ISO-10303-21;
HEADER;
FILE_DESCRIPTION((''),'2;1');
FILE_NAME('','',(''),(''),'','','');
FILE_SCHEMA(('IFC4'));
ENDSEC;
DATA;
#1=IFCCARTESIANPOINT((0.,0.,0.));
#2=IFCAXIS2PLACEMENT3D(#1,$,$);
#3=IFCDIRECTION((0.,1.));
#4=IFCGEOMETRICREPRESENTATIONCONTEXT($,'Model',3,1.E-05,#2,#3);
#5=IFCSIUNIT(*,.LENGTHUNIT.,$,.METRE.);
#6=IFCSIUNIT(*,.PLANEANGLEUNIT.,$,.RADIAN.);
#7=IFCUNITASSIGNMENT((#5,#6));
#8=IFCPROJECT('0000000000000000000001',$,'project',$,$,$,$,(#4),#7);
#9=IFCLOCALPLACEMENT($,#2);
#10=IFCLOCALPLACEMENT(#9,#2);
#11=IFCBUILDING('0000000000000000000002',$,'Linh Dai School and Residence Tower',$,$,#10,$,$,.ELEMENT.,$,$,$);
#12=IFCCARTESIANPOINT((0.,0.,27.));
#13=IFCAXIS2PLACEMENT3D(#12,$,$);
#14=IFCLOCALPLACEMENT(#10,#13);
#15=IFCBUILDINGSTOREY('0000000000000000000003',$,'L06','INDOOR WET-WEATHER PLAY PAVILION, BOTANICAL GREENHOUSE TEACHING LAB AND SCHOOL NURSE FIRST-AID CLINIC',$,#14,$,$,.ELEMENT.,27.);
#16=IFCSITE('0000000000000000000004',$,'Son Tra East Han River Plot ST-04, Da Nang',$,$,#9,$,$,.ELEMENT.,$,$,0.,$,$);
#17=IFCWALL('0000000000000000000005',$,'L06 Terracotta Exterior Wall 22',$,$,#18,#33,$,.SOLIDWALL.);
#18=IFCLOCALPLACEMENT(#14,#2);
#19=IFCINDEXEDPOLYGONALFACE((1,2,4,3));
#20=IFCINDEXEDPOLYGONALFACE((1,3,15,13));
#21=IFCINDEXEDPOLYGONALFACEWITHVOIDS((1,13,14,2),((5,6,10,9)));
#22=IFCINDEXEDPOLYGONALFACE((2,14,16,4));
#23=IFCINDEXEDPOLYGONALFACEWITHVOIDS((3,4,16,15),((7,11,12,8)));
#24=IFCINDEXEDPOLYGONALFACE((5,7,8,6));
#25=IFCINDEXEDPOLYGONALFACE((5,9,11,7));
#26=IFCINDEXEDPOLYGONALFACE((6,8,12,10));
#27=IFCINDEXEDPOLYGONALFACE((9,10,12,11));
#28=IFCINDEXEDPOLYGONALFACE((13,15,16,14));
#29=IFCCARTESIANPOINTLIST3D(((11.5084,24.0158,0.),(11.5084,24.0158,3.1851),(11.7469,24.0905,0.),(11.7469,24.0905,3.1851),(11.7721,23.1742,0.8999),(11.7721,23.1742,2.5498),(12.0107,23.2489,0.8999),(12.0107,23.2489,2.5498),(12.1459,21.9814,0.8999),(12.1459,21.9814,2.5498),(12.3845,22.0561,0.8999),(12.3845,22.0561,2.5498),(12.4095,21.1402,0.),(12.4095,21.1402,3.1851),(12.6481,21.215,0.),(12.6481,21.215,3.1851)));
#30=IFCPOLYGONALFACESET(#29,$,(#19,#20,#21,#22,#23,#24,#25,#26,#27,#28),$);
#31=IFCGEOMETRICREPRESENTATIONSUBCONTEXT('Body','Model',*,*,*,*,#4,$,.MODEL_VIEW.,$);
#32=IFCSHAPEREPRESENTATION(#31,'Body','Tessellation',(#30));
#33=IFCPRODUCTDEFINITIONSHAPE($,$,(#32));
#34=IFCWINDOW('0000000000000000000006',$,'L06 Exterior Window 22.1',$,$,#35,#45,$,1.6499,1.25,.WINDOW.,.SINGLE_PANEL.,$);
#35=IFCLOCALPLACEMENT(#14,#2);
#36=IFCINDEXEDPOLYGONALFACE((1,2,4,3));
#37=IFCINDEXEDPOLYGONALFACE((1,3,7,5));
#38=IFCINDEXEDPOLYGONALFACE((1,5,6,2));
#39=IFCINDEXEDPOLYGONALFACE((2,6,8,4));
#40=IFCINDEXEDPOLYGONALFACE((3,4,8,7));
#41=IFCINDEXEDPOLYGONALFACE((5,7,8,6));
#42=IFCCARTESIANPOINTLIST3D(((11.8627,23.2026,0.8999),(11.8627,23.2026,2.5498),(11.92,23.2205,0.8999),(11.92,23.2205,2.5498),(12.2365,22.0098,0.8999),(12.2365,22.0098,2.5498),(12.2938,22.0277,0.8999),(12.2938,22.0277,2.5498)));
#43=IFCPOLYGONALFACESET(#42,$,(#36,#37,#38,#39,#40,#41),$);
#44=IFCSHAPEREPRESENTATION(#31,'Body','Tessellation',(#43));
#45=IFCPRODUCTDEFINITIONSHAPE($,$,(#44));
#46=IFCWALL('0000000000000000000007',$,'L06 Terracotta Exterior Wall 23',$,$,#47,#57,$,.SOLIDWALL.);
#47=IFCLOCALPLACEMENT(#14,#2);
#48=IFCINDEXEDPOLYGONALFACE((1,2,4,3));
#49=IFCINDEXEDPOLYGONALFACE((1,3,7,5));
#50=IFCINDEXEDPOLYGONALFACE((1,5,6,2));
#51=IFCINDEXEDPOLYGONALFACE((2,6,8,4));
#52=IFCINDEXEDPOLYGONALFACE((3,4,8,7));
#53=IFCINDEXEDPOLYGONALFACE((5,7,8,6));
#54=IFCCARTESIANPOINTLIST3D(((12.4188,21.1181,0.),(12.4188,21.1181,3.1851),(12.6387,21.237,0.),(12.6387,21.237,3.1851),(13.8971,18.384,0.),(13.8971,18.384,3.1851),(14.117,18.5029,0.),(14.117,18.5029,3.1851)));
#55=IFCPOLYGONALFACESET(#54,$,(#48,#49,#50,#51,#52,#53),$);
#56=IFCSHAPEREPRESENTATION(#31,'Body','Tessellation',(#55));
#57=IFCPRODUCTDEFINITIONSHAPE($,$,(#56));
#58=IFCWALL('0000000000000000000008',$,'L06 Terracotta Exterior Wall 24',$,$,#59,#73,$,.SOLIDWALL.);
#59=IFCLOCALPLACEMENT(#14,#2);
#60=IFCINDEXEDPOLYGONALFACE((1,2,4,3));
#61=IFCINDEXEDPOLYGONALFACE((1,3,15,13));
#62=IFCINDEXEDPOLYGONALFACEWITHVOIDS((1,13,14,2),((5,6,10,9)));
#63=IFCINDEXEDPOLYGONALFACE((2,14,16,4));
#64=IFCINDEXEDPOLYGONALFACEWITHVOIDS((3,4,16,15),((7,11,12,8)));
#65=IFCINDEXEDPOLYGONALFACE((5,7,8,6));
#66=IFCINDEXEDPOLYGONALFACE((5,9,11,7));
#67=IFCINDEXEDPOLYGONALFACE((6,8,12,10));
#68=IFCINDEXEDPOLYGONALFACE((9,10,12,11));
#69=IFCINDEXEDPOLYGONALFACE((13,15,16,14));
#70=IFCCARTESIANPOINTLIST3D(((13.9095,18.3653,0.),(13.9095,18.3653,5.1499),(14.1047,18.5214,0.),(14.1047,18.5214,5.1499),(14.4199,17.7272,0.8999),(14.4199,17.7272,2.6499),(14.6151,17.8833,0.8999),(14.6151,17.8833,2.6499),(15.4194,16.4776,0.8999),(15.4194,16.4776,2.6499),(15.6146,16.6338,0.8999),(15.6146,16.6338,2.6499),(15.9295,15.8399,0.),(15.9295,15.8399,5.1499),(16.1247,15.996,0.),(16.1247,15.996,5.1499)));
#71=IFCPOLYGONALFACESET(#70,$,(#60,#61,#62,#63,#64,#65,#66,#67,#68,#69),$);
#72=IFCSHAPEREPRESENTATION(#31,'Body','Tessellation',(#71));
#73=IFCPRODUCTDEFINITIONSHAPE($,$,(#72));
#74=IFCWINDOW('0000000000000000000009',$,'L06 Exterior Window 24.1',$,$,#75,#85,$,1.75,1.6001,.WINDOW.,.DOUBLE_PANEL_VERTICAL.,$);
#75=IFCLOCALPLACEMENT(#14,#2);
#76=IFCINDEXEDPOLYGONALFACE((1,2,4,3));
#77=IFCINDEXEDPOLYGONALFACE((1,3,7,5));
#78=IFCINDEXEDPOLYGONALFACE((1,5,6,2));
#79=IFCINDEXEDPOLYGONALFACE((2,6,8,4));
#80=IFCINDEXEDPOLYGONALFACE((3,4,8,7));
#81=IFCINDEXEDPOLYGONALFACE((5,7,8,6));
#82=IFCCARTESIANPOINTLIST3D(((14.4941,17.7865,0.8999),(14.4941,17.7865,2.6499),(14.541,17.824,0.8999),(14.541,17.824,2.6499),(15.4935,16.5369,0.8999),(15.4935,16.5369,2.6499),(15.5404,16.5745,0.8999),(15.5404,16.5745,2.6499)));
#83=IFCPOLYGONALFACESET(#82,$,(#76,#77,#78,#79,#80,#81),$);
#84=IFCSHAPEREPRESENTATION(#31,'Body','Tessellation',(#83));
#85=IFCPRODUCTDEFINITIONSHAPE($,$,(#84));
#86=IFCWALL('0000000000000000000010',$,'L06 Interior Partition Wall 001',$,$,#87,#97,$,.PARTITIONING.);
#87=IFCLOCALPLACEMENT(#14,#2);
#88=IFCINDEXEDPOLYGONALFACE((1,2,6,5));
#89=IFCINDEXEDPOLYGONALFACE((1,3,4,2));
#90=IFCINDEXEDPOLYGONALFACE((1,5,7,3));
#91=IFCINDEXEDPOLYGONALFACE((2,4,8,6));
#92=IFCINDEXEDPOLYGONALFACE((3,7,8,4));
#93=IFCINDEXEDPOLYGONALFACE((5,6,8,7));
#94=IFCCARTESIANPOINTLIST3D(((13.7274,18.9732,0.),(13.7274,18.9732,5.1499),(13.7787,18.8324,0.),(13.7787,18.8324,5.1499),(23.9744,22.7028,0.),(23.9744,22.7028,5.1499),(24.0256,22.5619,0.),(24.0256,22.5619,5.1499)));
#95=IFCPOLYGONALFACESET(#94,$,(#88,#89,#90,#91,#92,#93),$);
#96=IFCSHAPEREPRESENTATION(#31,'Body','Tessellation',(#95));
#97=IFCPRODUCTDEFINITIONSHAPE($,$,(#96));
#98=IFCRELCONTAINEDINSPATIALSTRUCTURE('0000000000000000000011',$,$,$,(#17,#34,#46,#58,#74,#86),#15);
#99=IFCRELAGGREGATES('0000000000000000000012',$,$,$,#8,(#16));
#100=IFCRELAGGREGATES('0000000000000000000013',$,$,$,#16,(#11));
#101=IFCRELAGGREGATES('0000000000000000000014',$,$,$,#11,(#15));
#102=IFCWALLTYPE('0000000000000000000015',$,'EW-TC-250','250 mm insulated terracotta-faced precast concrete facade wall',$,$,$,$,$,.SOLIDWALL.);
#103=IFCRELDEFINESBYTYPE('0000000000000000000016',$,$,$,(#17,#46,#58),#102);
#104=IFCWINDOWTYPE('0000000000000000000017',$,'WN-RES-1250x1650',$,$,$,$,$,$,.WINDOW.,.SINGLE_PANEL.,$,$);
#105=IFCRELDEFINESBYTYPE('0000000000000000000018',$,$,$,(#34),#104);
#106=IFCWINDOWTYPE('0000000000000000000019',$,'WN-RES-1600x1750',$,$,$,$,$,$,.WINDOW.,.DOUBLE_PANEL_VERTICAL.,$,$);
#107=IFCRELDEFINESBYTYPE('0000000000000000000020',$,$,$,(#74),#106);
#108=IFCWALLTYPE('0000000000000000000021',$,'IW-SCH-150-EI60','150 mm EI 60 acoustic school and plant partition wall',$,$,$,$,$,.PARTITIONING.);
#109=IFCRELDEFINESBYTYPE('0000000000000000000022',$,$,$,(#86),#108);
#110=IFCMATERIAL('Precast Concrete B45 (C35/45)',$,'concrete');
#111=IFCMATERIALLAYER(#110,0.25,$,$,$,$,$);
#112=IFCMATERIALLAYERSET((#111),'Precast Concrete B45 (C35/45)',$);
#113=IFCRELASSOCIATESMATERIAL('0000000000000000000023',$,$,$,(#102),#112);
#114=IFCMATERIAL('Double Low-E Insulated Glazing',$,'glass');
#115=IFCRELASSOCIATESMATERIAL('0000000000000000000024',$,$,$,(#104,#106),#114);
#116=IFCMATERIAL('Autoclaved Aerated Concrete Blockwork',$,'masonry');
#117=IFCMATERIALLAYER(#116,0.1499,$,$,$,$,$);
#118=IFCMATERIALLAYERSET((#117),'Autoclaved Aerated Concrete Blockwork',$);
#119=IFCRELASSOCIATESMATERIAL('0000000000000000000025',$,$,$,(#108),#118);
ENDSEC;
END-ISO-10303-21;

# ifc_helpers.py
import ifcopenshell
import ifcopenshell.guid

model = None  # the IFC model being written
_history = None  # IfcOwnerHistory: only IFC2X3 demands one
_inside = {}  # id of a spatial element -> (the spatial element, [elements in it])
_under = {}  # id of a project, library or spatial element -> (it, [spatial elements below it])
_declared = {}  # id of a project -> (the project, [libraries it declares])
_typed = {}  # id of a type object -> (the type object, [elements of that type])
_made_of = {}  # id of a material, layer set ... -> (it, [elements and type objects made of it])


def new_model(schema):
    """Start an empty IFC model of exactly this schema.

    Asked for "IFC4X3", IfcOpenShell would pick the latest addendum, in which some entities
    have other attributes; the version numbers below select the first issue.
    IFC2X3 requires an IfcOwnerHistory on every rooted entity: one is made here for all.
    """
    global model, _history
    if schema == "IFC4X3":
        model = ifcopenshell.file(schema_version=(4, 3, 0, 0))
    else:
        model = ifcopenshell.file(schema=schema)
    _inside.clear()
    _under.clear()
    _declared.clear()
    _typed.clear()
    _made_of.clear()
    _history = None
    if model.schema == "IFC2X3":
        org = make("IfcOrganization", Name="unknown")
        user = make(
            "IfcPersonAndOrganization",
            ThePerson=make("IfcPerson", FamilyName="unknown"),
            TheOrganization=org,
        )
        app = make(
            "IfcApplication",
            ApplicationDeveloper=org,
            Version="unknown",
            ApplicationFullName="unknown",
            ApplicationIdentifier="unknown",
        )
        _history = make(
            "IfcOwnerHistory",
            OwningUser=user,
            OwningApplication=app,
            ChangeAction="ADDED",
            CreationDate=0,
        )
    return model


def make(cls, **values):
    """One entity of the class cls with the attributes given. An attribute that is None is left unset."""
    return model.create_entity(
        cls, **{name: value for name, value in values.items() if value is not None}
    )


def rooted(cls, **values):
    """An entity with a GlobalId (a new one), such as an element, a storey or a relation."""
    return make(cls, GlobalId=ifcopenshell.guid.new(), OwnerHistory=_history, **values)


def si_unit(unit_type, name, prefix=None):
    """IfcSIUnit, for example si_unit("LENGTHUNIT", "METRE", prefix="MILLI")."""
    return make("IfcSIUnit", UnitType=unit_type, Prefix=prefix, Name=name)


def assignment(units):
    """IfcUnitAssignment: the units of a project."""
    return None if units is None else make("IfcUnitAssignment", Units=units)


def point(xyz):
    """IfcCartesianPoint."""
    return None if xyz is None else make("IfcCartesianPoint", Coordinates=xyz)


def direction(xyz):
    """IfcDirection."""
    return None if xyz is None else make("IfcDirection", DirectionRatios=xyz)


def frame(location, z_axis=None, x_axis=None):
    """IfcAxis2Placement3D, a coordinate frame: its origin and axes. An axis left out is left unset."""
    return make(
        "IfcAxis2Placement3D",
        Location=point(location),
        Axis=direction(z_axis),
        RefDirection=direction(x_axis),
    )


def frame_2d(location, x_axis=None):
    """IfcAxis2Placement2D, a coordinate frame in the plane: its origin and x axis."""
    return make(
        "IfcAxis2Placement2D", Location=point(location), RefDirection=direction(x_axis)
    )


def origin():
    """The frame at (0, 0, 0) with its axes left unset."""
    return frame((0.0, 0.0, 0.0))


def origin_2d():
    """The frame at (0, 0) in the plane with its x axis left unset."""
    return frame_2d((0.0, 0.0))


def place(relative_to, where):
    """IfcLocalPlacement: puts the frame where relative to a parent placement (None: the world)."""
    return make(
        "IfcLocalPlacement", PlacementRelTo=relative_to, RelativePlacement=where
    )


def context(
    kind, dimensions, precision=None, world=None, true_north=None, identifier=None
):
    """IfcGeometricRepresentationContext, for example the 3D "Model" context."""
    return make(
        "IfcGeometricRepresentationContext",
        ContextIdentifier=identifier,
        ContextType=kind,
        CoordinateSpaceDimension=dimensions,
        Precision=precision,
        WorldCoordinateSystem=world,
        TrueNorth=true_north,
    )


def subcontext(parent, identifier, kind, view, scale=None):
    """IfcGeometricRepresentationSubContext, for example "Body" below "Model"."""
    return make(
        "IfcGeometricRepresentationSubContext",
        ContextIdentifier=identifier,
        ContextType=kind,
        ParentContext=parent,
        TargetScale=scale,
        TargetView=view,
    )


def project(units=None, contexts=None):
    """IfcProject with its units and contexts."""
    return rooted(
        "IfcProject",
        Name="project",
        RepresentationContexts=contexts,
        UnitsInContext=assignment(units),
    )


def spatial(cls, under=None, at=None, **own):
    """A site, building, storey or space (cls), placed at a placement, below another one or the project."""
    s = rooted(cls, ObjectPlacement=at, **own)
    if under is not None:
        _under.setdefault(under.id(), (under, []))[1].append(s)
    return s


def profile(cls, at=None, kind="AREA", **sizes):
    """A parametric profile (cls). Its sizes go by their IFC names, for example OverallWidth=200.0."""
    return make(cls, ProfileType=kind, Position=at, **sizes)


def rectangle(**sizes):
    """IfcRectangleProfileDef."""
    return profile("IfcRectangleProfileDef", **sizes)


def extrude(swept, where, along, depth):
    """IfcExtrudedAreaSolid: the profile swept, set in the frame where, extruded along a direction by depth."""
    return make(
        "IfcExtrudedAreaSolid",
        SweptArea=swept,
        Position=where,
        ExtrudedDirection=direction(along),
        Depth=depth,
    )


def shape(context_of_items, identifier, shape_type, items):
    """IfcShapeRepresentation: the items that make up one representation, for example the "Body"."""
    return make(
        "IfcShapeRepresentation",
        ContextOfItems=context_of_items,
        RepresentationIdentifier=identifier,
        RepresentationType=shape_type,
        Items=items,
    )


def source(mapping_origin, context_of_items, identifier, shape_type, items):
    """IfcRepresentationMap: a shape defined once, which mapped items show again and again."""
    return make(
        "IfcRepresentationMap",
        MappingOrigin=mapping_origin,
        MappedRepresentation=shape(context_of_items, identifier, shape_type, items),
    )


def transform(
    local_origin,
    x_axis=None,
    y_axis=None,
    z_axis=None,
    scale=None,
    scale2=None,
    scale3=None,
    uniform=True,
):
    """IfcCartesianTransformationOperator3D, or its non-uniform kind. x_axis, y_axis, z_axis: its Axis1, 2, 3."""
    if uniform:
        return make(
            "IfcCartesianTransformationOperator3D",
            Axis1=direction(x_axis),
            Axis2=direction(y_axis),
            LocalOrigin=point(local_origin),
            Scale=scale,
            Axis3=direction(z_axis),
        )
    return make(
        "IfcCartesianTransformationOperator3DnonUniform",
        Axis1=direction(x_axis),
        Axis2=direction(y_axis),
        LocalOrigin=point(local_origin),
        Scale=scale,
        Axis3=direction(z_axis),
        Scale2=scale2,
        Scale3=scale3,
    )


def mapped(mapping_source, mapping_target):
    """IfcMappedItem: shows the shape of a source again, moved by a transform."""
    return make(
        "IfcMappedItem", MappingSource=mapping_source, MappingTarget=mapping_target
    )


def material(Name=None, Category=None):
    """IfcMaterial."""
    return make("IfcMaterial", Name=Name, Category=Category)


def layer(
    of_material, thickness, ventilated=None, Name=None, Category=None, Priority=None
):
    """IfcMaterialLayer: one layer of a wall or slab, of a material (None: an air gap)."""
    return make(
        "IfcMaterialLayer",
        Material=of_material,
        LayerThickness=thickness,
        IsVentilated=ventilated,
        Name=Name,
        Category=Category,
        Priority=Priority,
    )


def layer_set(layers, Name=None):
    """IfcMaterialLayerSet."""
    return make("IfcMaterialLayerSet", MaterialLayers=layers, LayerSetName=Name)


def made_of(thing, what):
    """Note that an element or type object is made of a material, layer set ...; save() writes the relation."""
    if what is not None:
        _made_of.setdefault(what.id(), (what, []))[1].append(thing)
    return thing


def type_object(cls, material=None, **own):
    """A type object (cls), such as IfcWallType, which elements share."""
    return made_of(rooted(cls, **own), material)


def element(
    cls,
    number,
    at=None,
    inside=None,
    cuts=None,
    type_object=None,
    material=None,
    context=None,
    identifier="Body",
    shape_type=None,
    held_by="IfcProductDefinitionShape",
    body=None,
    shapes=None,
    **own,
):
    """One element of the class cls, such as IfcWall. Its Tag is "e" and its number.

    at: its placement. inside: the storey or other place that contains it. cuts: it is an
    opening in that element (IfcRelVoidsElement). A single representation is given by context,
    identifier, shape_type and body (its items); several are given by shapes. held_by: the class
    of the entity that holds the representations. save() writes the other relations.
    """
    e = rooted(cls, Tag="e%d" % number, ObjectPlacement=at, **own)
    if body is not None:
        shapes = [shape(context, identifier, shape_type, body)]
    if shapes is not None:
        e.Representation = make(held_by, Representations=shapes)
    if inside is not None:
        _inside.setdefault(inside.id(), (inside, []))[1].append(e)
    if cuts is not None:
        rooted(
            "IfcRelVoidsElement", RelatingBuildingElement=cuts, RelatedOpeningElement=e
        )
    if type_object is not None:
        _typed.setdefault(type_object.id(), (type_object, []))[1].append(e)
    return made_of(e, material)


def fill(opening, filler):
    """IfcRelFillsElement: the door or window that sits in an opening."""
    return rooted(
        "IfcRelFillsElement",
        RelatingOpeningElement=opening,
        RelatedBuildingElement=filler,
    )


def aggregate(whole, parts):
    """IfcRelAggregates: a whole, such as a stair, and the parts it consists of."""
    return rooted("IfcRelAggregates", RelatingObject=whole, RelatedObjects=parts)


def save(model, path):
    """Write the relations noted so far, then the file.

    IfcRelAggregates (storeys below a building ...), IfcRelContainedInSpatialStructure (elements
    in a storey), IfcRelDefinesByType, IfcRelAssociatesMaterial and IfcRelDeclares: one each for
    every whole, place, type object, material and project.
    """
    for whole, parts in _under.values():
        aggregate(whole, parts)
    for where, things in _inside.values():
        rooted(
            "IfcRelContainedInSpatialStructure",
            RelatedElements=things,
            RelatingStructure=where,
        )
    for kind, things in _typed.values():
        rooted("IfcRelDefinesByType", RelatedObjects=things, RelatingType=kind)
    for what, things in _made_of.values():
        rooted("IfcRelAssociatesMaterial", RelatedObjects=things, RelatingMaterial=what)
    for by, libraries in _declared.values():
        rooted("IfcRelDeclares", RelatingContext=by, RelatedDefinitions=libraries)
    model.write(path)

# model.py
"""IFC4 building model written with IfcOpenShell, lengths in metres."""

from ifc_helpers import new_model, si_unit, direction, frame, frame_2d, origin, origin_2d, place, context, subcontext, project, spatial, rectangle, extrude, source, transform, mapped, material, layer, layer_set, type_object, element, fill, save


model = new_model("IFC4")

# Units and contexts
model_context = context("Model", 3, precision=1e-05, world=origin(), true_north=direction((0.0, 1.0)))
body_context = subcontext(model_context, "Body", "Model", "MODEL_VIEW")
ifc_project = project(units=[si_unit("LENGTHUNIT", "METRE"), si_unit("PLANEANGLEUNIT", "RADIAN")], contexts=[model_context])

# Site, building, storey
site_placement = place(None, origin())
site = spatial("IfcSite", under=ifc_project, at=site_placement, Name="Son Tra East Han River Plot ST-04, Da Nang", CompositionType="ELEMENT", RefElevation=0.0)
building_placement = place(site_placement, origin())
building = spatial("IfcBuilding", under=site, at=building_placement, Name="Linh Dai School and Residence Tower", CompositionType="ELEMENT")
storey_placement = place(building_placement, frame((0.0, 0.0, 27.0)))
storey = spatial("IfcBuildingStorey", under=building, at=storey_placement, Name="L06", Description="INDOOR WET-WEATHER PLAY PAVILION, BOTANICAL GREENHOUSE TEACHING LAB AND SCHOOL NURSE FIRST-AID CLINIC", CompositionType="ELEMENT", Elevation=27.0)

# Shared definitions
ifc_material_1 = material(Name="Double Low-E Insulated Glazing", Category="glass")

# Shared definitions
ifc_material_2 = material(Name="Precast Concrete B45 (C35/45)", Category="concrete")
ifc_layer_1 = layer(ifc_material_2, 0.25)
ifc_layer_set_1 = layer_set([ifc_layer_1], Name="Precast Concrete B45 (C35/45)")
wall_type_1 = type_object("IfcWallType", Name="EW-TC-250", Description="250 mm insulated terracotta-faced precast concrete facade wall", PredefinedType="SOLIDWALL", material=ifc_layer_set_1)
window_type_1 = type_object("IfcWindowType", Name="WN-RES-1250x1650", PartitioningType="SINGLE_PANEL", PredefinedType="WINDOW", material=ifc_material_1)
shared_shape_1 = source(origin(), body_context, "Body", "SweptSolid", [
    extrude(rectangle(XDim=1.25, YDim=1.6499, at=origin_2d()), frame((0.625, 0.03, 0.825), z_axis=(0.0, -1.0, 0.0), x_axis=(1.0, 0.0, 0.0)), (0.0, 0.0, 1.0), 0.0601),
])

# Wall, opening, window
wall_1_placement = place(storey_placement, frame((12.5288, 21.1775, 0.0), z_axis=(0.0, 0.0, 1.0), x_axis=(-0.299041, 0.95424, 0.0)))
wall_1 = element("IfcWall", 1, at=wall_1_placement, inside=storey, type_object=wall_type_1, Name="L06 Terracotta Exterior Wall 22", PredefinedType="SOLIDWALL", context=body_context, shape_type="SweptSolid", body=[
    extrude(rectangle(XDim=3.0134, YDim=0.25, at=frame_2d((1.5068, 0.0))), origin(), (0.0, 0.0, 1.0), 3.1851),
])
opening_1_placement = place(wall_1_placement, frame((0.8816, 0.0, 0.8999)))
opening_1 = element("IfcOpeningElement", 2, at=opening_1_placement, cuts=wall_1, PredefinedType="OPENING", context=body_context, shape_type="SweptSolid", body=[
    extrude(rectangle(XDim=1.25, YDim=1.6499, at=origin_2d()), frame((0.625, 0.135, 0.825), z_axis=(0.0, -1.0, 0.0), x_axis=(1.0, 0.0, 0.0)), (0.0, 0.0, 1.0), 0.27),
])
window_1_placement = place(opening_1_placement, origin())
window_1 = element("IfcWindow", 3, at=window_1_placement, inside=storey, type_object=window_type_1, Name="L06 Exterior Window 22.1", OverallHeight=1.6499, OverallWidth=1.25, PartitioningType="SINGLE_PANEL", PredefinedType="WINDOW", context=body_context, shape_type="MappedRepresentation", body=[
    mapped(shared_shape_1, transform((0.0, 0.0, 0.0), x_axis=(1.0, 0.0, 0.0), y_axis=(0.0, 1.0, 0.0), z_axis=(0.0, 0.0, 1.0), scale=1.0)),
])
fill(opening_1, window_1)

# Wall
wall_2_placement = place(storey_placement, frame((14.0071, 18.4434, 0.0), z_axis=(0.0, 0.0, 1.0), x_axis=(-0.475607, 0.879658, 0.0)))
element("IfcWall", 4, at=wall_2_placement, inside=storey, type_object=wall_type_1, Name="L06 Terracotta Exterior Wall 23", PredefinedType="SOLIDWALL", context=body_context, shape_type="SweptSolid", body=[
    extrude(rectangle(XDim=3.1082, YDim=0.25, at=frame_2d((1.5542, 0.0))), origin(), (0.0, 0.0, 1.0), 3.1851),
])

# Wall, opening, window
wall_3_placement = place(storey_placement, frame((16.0271, 15.918, 0.0), z_axis=(0.0, 0.0, 1.0), x_axis=(-0.62464, 0.780913, 0.0)))
wall_3 = element("IfcWall", 5, at=wall_3_placement, inside=storey, type_object=wall_type_1, Name="L06 Terracotta Exterior Wall 24", PredefinedType="SOLIDWALL", context=body_context, shape_type="SweptSolid", body=[
    extrude(rectangle(XDim=3.2339, YDim=0.25, at=frame_2d((1.6169, 0.0))), origin(), (0.0, 0.0, 1.0), 5.1499),
])
opening_2_placement = place(wall_3_placement, frame((0.8167, 0.0, 0.8999)))
opening_2 = element("IfcOpeningElement", 6, at=opening_2_placement, cuts=wall_3, PredefinedType="OPENING", context=body_context, shape_type="SweptSolid", body=[
    extrude(rectangle(XDim=1.6001, YDim=1.75, at=origin_2d()), frame((0.8, 0.135, 0.875), z_axis=(0.0, -1.0, 0.0), x_axis=(1.0, 0.0, 0.0)), (0.0, 0.0, 1.0), 0.27),
])
window_type_2 = type_object("IfcWindowType", Name="WN-RES-1600x1750", PartitioningType="DOUBLE_PANEL_VERTICAL", PredefinedType="WINDOW", material=ifc_material_1)
shared_shape_2 = source(origin(), body_context, "Body", "SweptSolid", [
    extrude(rectangle(XDim=1.6001, YDim=1.75, at=origin_2d()), frame((0.8, 0.03, 0.875), z_axis=(0.0, -1.0, 0.0), x_axis=(1.0, 0.0, 0.0)), (0.0, 0.0, 1.0), 0.0601),
])
window_2_placement = place(opening_2_placement, origin())
window_2 = element("IfcWindow", 7, at=window_2_placement, inside=storey, type_object=window_type_2, Name="L06 Exterior Window 24.1", OverallHeight=1.75, OverallWidth=1.6001, PartitioningType="DOUBLE_PANEL_VERTICAL", PredefinedType="WINDOW", context=body_context, shape_type="MappedRepresentation", body=[
    mapped(shared_shape_2, transform((0.0, 0.0, 0.0), x_axis=(1.0, 0.0, 0.0), y_axis=(0.0, 1.0, 0.0), z_axis=(0.0, 0.0, 1.0), scale=1.0)),
])
fill(opening_2, window_2)

# Wall
ifc_material_3 = material(Name="Autoclaved Aerated Concrete Blockwork", Category="masonry")
ifc_layer_2 = layer(ifc_material_3, 0.1499)
ifc_layer_set_2 = layer_set([ifc_layer_2], Name="Autoclaved Aerated Concrete Blockwork")
wall_type_2 = type_object("IfcWallType", Name="IW-SCH-150-EI60", Description="150 mm EI 60 acoustic school and plant partition wall", PredefinedType="PARTITIONING", material=ifc_layer_set_2)
wall_4_placement = place(storey_placement, frame((13.7532, 18.9028, 0.0), z_axis=(0.0, 0.0, 1.0), x_axis=(0.939694, 0.342016, 0.0)))
element("IfcWall", 8, at=wall_4_placement, inside=storey, type_object=wall_type_2, Name="L06 Interior Partition Wall 001", PredefinedType="PARTITIONING", context=body_context, shape_type="SweptSolid", body=[
    extrude(rectangle(XDim=10.9045, YDim=0.1499, at=frame_2d((5.4521, 0.0))), origin(), (0.0, 0.0, 1.0), 5.1499),
])

save(model, "model.ifc")
